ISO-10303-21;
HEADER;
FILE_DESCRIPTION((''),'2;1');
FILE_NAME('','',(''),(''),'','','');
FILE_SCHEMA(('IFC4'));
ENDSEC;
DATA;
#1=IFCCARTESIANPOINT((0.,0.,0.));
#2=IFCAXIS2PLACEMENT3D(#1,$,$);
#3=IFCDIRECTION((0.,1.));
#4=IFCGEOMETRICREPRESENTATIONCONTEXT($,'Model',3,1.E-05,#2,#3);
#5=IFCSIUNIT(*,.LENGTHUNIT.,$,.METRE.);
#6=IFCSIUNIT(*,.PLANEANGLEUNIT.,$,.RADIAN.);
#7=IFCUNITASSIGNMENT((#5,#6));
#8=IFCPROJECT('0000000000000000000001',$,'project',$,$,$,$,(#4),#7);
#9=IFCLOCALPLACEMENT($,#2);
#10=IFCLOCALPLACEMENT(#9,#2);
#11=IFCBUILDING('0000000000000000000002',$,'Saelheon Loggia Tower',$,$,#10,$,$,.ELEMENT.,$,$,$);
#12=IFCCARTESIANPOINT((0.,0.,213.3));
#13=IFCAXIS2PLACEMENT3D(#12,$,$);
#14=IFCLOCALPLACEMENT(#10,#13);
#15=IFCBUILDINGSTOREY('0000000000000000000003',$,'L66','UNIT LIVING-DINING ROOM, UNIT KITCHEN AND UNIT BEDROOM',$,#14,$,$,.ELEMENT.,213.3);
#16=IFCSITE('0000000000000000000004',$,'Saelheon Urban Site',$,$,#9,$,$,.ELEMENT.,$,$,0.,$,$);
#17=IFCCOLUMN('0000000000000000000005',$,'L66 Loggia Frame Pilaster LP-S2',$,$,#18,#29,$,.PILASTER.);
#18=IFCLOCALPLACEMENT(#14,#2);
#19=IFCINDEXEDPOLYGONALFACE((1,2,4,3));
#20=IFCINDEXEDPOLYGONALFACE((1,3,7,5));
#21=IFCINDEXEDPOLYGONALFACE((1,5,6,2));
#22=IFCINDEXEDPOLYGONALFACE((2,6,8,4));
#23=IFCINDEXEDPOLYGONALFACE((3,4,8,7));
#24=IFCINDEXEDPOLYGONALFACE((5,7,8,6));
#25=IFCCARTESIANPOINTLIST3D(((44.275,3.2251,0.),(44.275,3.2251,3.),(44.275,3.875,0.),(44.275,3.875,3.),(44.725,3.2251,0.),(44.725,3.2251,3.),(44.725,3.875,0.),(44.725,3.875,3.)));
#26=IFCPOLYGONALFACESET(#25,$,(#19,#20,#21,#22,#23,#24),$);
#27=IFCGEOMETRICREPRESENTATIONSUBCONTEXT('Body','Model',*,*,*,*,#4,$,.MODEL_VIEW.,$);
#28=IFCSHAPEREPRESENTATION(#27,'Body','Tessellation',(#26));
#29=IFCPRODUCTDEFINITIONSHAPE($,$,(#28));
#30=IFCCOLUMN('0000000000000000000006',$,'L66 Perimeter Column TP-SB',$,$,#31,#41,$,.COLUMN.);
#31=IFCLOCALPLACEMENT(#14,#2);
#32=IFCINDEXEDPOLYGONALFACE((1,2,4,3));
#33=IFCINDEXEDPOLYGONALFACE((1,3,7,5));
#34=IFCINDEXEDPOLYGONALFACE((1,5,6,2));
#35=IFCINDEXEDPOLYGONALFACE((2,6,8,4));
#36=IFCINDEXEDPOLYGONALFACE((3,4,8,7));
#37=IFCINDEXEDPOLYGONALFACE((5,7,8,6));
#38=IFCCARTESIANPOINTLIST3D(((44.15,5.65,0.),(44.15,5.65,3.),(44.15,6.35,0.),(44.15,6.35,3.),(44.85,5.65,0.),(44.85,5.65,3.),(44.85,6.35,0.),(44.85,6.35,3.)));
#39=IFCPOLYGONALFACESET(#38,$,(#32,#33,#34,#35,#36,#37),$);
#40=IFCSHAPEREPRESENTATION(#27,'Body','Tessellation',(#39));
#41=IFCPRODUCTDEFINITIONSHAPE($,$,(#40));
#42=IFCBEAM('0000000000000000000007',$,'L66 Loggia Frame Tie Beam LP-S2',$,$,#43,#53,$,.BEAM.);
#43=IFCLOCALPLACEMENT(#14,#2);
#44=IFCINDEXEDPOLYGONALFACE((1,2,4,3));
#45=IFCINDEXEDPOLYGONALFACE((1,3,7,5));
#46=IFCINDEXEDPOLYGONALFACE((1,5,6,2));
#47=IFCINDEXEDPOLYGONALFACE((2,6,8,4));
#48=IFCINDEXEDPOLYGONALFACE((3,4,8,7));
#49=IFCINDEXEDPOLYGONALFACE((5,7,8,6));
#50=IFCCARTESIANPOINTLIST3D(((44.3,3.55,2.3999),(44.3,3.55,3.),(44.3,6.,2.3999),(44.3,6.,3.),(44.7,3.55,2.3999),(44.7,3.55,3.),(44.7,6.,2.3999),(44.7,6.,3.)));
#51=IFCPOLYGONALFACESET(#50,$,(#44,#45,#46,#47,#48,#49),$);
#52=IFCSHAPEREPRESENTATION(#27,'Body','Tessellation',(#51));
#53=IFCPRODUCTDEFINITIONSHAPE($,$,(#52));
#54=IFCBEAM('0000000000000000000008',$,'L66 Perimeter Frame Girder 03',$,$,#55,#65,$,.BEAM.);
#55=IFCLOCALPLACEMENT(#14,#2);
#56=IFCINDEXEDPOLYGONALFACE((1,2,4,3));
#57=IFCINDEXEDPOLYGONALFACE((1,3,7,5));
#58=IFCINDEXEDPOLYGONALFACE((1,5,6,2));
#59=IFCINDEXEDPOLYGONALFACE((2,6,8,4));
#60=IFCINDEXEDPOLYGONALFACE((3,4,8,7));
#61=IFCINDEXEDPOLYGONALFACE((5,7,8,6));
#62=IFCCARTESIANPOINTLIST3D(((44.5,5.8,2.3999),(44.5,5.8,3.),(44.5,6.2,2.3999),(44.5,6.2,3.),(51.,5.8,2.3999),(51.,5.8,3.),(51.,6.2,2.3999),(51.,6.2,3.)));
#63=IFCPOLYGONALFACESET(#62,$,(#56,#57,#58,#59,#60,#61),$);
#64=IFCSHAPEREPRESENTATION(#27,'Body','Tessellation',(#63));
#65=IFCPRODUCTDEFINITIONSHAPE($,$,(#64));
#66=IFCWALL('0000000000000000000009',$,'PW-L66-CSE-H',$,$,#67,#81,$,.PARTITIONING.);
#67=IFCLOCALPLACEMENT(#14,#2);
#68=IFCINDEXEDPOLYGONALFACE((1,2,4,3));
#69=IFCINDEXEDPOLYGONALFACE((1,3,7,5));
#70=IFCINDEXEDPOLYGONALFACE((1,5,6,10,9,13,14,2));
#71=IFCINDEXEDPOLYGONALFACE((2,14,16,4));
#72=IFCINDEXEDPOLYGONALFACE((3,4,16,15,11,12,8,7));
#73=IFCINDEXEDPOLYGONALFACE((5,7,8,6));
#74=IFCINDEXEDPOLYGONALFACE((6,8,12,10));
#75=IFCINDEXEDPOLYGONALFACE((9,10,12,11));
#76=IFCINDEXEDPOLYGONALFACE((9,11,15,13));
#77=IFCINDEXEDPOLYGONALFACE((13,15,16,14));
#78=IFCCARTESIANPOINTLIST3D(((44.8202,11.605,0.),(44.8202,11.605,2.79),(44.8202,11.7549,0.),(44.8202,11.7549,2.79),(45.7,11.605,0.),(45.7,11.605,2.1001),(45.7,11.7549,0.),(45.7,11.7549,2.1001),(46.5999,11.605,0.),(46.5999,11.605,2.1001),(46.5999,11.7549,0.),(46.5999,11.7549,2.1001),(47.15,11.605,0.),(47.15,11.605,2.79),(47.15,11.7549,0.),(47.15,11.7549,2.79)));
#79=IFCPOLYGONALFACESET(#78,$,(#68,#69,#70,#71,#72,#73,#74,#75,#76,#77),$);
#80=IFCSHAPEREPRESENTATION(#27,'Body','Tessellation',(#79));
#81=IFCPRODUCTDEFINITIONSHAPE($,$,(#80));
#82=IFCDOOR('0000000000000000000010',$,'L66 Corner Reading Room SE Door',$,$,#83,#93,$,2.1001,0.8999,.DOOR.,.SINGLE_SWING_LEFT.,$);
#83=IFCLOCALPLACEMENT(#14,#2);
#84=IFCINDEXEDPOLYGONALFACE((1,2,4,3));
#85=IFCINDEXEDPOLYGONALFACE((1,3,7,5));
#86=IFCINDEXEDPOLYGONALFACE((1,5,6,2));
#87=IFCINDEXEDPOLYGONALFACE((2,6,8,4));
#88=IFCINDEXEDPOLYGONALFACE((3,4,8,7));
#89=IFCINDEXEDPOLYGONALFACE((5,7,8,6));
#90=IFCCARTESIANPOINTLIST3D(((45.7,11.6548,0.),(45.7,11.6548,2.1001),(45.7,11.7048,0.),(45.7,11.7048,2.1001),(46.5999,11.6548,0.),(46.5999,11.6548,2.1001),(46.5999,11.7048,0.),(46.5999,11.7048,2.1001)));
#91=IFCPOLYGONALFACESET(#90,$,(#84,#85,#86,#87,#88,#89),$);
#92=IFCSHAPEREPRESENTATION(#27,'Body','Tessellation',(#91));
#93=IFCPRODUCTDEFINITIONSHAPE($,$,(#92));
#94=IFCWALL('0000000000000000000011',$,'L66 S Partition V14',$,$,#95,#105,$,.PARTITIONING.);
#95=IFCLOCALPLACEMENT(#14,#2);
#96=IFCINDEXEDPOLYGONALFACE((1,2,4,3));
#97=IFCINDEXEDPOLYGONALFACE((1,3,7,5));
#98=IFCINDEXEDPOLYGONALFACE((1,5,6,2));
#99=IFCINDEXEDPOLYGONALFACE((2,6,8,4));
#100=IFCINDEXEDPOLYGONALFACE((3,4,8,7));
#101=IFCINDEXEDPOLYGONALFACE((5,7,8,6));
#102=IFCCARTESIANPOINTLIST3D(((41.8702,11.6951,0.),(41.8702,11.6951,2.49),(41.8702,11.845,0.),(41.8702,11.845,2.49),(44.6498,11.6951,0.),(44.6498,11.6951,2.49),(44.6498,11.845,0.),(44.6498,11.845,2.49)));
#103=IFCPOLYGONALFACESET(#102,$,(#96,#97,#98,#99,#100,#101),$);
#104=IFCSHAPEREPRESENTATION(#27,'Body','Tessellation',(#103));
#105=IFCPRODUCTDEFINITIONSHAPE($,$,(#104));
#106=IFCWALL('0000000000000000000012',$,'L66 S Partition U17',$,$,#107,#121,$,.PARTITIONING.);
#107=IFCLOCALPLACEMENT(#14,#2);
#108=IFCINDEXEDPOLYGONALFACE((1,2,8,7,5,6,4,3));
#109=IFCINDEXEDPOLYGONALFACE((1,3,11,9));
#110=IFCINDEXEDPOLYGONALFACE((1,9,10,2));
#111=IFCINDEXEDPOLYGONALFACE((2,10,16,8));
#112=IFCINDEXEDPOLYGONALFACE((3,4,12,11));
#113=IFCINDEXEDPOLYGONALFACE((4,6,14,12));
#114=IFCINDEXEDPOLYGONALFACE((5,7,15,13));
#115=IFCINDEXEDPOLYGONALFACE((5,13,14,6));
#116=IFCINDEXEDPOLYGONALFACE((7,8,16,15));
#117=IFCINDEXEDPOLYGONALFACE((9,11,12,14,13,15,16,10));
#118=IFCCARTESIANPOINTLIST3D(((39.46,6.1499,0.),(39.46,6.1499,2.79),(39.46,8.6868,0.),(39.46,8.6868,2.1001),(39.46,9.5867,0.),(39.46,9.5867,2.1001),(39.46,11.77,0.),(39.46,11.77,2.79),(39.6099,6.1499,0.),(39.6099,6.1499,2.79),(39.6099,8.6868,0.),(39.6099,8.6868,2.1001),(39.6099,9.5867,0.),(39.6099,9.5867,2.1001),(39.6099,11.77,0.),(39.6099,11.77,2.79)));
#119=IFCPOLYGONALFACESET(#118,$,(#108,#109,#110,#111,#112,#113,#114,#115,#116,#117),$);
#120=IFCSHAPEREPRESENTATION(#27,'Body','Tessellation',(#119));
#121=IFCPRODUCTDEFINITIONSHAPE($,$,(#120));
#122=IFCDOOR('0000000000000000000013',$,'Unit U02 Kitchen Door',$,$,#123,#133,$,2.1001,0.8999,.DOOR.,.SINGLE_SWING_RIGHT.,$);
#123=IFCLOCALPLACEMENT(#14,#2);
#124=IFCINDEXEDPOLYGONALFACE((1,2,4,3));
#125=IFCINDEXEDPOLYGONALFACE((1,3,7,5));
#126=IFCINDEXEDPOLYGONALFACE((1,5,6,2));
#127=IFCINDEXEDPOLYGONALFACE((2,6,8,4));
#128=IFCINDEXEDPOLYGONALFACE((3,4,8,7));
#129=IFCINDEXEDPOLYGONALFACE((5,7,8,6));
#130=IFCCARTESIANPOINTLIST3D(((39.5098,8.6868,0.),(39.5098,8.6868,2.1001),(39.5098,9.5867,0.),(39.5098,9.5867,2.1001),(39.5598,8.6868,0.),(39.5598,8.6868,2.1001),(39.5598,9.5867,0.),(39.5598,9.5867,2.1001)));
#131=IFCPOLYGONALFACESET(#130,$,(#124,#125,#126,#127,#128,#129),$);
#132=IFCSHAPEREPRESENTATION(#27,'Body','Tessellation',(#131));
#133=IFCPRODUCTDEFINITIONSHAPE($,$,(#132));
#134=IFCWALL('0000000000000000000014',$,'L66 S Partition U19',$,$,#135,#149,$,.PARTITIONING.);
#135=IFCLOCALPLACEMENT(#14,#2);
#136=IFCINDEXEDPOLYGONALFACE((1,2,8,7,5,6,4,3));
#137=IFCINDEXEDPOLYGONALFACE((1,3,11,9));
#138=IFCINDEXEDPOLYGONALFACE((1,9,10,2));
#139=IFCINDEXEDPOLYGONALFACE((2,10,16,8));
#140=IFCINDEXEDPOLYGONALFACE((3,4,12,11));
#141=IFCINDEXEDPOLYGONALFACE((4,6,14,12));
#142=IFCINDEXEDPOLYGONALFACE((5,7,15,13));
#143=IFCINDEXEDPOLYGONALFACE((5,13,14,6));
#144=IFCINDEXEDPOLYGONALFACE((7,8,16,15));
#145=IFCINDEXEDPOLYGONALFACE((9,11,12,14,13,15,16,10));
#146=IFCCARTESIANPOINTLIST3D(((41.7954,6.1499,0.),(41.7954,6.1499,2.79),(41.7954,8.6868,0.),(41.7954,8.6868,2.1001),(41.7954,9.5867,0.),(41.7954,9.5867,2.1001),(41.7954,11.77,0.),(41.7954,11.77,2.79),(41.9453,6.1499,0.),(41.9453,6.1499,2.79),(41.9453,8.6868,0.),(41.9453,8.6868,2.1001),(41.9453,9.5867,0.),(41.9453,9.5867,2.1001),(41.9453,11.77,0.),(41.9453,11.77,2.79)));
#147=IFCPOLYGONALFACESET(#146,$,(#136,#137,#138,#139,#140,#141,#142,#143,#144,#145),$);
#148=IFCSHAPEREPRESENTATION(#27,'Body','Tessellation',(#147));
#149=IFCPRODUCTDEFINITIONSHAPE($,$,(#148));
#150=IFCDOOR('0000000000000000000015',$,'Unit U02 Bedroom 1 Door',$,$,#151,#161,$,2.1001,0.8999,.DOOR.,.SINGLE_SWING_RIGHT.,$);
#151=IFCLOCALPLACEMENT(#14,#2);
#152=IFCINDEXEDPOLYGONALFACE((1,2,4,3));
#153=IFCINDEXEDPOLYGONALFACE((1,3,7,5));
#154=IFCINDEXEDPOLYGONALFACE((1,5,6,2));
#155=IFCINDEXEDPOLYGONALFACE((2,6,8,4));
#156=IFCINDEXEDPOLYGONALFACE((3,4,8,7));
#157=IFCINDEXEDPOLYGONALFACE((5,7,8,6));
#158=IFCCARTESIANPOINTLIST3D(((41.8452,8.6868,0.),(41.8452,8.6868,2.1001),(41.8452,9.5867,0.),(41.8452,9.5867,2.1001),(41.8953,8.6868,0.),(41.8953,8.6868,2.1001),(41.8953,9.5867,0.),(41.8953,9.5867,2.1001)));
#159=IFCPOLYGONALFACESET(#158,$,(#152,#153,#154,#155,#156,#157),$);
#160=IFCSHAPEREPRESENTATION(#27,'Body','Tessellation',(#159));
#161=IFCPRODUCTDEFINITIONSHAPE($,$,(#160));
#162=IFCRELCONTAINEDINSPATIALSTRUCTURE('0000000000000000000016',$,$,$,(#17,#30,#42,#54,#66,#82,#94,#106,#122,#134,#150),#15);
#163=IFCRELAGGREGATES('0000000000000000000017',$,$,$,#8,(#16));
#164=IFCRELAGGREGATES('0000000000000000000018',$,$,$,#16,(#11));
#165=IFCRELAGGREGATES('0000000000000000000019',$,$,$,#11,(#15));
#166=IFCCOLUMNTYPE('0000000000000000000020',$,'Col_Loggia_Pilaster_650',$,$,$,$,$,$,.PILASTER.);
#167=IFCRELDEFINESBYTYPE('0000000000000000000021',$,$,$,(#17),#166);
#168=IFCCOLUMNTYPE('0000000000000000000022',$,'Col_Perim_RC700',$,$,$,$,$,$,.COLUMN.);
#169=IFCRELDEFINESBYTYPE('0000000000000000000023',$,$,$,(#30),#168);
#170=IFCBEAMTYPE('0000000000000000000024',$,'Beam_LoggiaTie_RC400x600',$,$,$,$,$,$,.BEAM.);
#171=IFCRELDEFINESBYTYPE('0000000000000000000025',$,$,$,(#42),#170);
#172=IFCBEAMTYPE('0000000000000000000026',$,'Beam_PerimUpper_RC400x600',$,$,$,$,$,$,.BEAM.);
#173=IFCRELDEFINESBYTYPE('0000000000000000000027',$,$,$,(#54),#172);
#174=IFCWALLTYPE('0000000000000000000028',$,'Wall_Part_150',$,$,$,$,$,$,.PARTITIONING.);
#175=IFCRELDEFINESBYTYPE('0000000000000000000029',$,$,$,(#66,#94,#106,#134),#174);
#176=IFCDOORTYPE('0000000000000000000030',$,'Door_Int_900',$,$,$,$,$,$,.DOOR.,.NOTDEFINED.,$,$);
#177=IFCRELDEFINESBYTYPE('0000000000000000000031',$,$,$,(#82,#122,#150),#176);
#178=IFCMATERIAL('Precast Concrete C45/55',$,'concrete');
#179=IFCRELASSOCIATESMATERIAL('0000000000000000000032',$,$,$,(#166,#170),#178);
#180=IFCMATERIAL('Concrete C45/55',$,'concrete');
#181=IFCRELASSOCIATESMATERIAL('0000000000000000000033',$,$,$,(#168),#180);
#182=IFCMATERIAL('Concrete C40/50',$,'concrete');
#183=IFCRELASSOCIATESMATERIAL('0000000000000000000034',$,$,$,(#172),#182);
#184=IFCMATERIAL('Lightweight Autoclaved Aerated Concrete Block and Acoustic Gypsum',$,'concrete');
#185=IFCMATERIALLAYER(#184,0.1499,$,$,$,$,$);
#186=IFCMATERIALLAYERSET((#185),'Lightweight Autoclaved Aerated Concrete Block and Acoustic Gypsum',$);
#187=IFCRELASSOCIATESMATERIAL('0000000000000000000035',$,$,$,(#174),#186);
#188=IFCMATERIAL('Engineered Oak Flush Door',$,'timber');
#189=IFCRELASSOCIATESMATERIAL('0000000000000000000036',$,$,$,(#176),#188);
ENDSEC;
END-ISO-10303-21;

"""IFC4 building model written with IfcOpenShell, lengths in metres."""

from ifc_helpers import new_model, si_unit, direction, frame, frame_2d, origin, origin_2d, place, context, subcontext, project, spatial, rectangle, extrude, source, transform, mapped, material, layer, layer_set, material_profile, profile_set, type_object, element, fill, save


model = new_model("IFC4")

# Units and contexts
model_context = context("Model", 3, precision=1e-05, world=origin(), true_north=direction((0.0, 1.0)))
body_context = subcontext(model_context, "Body", "Model", "MODEL_VIEW")
ifc_project = project(units=[si_unit("LENGTHUNIT", "METRE"), si_unit("PLANEANGLEUNIT", "RADIAN")], contexts=[model_context])

# Site, building, storey
site_placement = place(None, origin())
site = spatial("IfcSite", under=ifc_project, at=site_placement, Name="Saelheon Urban Site", CompositionType="ELEMENT", RefElevation=0.0)
building_placement = place(site_placement, origin())
building = spatial("IfcBuilding", under=site, at=building_placement, Name="Saelheon Loggia Tower", CompositionType="ELEMENT")
storey_placement = place(building_placement, frame((0.0, 0.0, 213.3)))
storey = spatial("IfcBuildingStorey", under=building, at=storey_placement, Name="L66", Description="UNIT LIVING-DINING ROOM, UNIT KITCHEN AND UNIT BEDROOM", CompositionType="ELEMENT", Elevation=213.3)

# Columns
ifc_material_1 = material(Name="Precast Concrete C45/55", Category="concrete")
ifc_material_profile_1 = material_profile(ifc_material_1, rectangle(XDim=0.45, YDim=0.6499, at=origin_2d()), Name="RC-450x650")
ifc_profile_set_1 = profile_set([ifc_material_profile_1], Name="Precast Concrete C45/55")
column_type_1 = type_object("IfcColumnType", Name="Col_Loggia_Pilaster_650", PredefinedType="PILASTER", material=ifc_profile_set_1)
shared_shape_1 = source(origin(), body_context, "Body", "SweptSolid", [
    extrude(rectangle(XDim=0.45, YDim=0.6499, at=origin_2d()), origin(), (0.0, 0.0, 1.0), 3.0),
])
column_1_placement = place(storey_placement, frame((44.5, 3.55, 0.0), z_axis=(0.0, 0.0, 1.0), x_axis=(1.0, 0.0, 0.0)))
element("IfcColumn", 1, at=column_1_placement, inside=storey, type_object=column_type_1, Name="L66 Loggia Frame Pilaster LP-S2", PredefinedType="PILASTER", context=body_context, shape_type="MappedRepresentation", body=[
    mapped(shared_shape_1, transform((0.0, 0.0, 0.0), scale=1.0)),
])
ifc_material_2 = material(Name="Concrete C45/55", Category="concrete")
ifc_material_profile_2 = material_profile(ifc_material_2, rectangle(XDim=0.7, YDim=0.7, at=origin_2d()), Name="RC-700x700")
ifc_profile_set_2 = profile_set([ifc_material_profile_2], Name="Concrete C45/55")
column_type_2 = type_object("IfcColumnType", Name="Col_Perim_RC700", PredefinedType="COLUMN", material=ifc_profile_set_2)
shared_shape_2 = source(origin(), body_context, "Body", "SweptSolid", [
    extrude(rectangle(XDim=0.7, YDim=0.7, at=origin_2d()), origin(), (0.0, 0.0, 1.0), 3.0),
])
column_2_placement = place(storey_placement, frame((44.5, 6.0, 0.0), z_axis=(0.0, 0.0, 1.0), x_axis=(1.0, 0.0, 0.0)))
element("IfcColumn", 2, at=column_2_placement, inside=storey, type_object=column_type_2, Name="L66 Perimeter Column TP-SB", PredefinedType="COLUMN", context=body_context, shape_type="MappedRepresentation", body=[
    mapped(shared_shape_2, transform((0.0, 0.0, 0.0), scale=1.0)),
])

# Beams
ifc_material_profile_3 = material_profile(ifc_material_1, rectangle(XDim=0.3999, YDim=0.6001, at=origin_2d()), Name="RC-400x600")
ifc_profile_set_3 = profile_set([ifc_material_profile_3], Name="Precast Concrete C45/55")
beam_type_1 = type_object("IfcBeamType", Name="Beam_LoggiaTie_RC400x600", PredefinedType="BEAM", material=ifc_profile_set_3)
shared_shape_3 = source(origin(), body_context, "Body", "SweptSolid", [
    extrude(rectangle(XDim=0.3999, YDim=0.6001, at=origin_2d()), origin(), (0.0, 0.0, 1.0), 2.45),
])
beam_1_placement = place(storey_placement, frame((44.5, 6.0, 2.7), z_axis=(0.0, -1.0, 0.0), x_axis=(1.0, 0.0, 0.0)))
element("IfcBeam", 3, at=beam_1_placement, inside=storey, type_object=beam_type_1, Name="L66 Loggia Frame Tie Beam LP-S2", PredefinedType="BEAM", context=body_context, shape_type="MappedRepresentation", body=[
    mapped(shared_shape_3, transform((0.0, 0.0, 0.0), scale=1.0)),
])
ifc_material_3 = material(Name="Concrete C40/50", Category="concrete")
ifc_material_profile_4 = material_profile(ifc_material_3, rectangle(XDim=0.3999, YDim=0.6001, at=origin_2d()), Name="RC-400x600")
ifc_profile_set_4 = profile_set([ifc_material_profile_4], Name="Concrete C40/50")
beam_type_2 = type_object("IfcBeamType", Name="Beam_PerimUpper_RC400x600", PredefinedType="BEAM", material=ifc_profile_set_4)
shared_shape_4 = source(origin(), body_context, "Body", "SweptSolid", [
    extrude(rectangle(XDim=0.3999, YDim=0.6001, at=origin_2d()), origin(), (0.0, 0.0, 1.0), 6.5),
])
beam_2_placement = place(storey_placement, frame((44.5, 6.0, 2.7), z_axis=(1.0, 0.0, 0.0), x_axis=(0.0, 1.0, 0.0)))
element("IfcBeam", 4, at=beam_2_placement, inside=storey, type_object=beam_type_2, Name="L66 Perimeter Frame Girder 03", PredefinedType="BEAM", context=body_context, shape_type="MappedRepresentation", body=[
    mapped(shared_shape_4, transform((0.0, 0.0, 0.0), scale=1.0)),
])

# Wall, opening, door
ifc_material_4 = material(Name="Lightweight Autoclaved Aerated Concrete Block and Acoustic Gypsum", Category="concrete")
ifc_layer_1 = layer(ifc_material_4, 0.1499)
ifc_layer_set_1 = layer_set([ifc_layer_1], Name="Lightweight Autoclaved Aerated Concrete Block and Acoustic Gypsum")
wall_type_1 = type_object("IfcWallType", Name="Wall_Part_150", PredefinedType="PARTITIONING", material=ifc_layer_set_1)
wall_1_placement = place(storey_placement, frame((44.8201, 11.6799, 0.0), z_axis=(0.0, 0.0, 1.0), x_axis=(1.0, 0.0, 0.0)))
wall_1 = element("IfcWall", 5, at=wall_1_placement, inside=storey, type_object=wall_type_1, Name="PW-L66-CSE-H", PredefinedType="PARTITIONING", context=body_context, shape_type="SweptSolid", body=[
    extrude(rectangle(XDim=2.3298, YDim=0.1499, at=frame_2d((1.165, 0.0))), origin(), (0.0, 0.0, 1.0), 2.79),
])
opening_1_placement = place(wall_1_placement, frame((0.8799, 0.0, 0.0)))
opening_1 = element("IfcOpeningElement", 6, at=opening_1_placement, cuts=wall_1, PredefinedType="OPENING", context=body_context, shape_type="SweptSolid", body=[
    extrude(rectangle(XDim=0.8999, YDim=2.1001, at=frame_2d((0.45, 1.05))), frame((0.0, 0.0869, 0.0), z_axis=(0.0, -1.0, 0.0), x_axis=(1.0, 0.0, 0.0)), (0.0, 0.0, 1.0), 0.1738),
])
ifc_material_5 = material(Name="Engineered Oak Flush Door", Category="timber")
door_type_1 = type_object("IfcDoorType", Name="Door_Int_900", OperationType="NOTDEFINED", PredefinedType="DOOR", material=ifc_material_5)
shared_shape_5 = source(origin(), body_context, "Body", "SweptSolid", [
    extrude(rectangle(XDim=0.8999, YDim=2.1001, at=frame_2d((0.45, 1.05))), frame((0.0, 0.0249, 0.0), z_axis=(0.0, -1.0, 0.0), x_axis=(1.0, 0.0, 0.0)), (0.0, 0.0, 1.0), 0.05),
])
door_1_placement = place(opening_1_placement, origin())
door_1 = element("IfcDoor", 7, at=door_1_placement, inside=storey, type_object=door_type_1, Name="L66 Corner Reading Room SE Door", OperationType="SINGLE_SWING_LEFT", OverallHeight=2.1001, OverallWidth=0.8999, PredefinedType="DOOR", context=body_context, shape_type="MappedRepresentation", body=[
    mapped(shared_shape_5, transform((0.0, 0.0, 0.0), scale=1.0)),
])
fill(opening_1, door_1)

# Wall
wall_2_placement = place(storey_placement, frame((41.8704, 11.77, 0.0), z_axis=(0.0, 0.0, 1.0), x_axis=(1.0, 0.0, 0.0)))
element("IfcWall", 8, at=wall_2_placement, inside=storey, type_object=wall_type_1, Name="L66 S Partition V14", PredefinedType="PARTITIONING", context=body_context, shape_type="SweptSolid", body=[
    extrude(rectangle(XDim=2.7795, YDim=0.1499, at=frame_2d((1.3896, 0.0))), origin(), (0.0, 0.0, 1.0), 2.49),
])

# Walls, openings, doors
wall_3_placement = place(storey_placement, frame((39.5349, 11.77, 0.0), z_axis=(0.0, 0.0, 1.0), x_axis=(0.0, -1.0, 0.0)))
wall_3 = element("IfcWall", 9, at=wall_3_placement, inside=storey, type_object=wall_type_1, Name="L66 S Partition U17", PredefinedType="PARTITIONING", context=body_context, shape_type="SweptSolid", body=[
    extrude(rectangle(XDim=5.6201, YDim=0.1499, at=frame_2d((2.8101, 0.0))), origin(), (0.0, 0.0, 1.0), 2.79),
])
opening_2_placement = place(wall_3_placement, frame((2.1833, 0.0, 0.0)))
opening_2 = element("IfcOpeningElement", 10, at=opening_2_placement, cuts=wall_3, PredefinedType="OPENING", context=body_context, shape_type="SweptSolid", body=[
    extrude(rectangle(XDim=0.8999, YDim=2.1001, at=frame_2d((0.45, 1.05))), frame((0.0, 0.0869, 0.0), z_axis=(0.0, -1.0, 0.0), x_axis=(1.0, 0.0, 0.0)), (0.0, 0.0, 1.0), 0.1738),
])
door_2_placement = place(opening_2_placement, origin())
door_2 = element("IfcDoor", 11, at=door_2_placement, inside=storey, type_object=door_type_1, Name="Unit U02 Kitchen Door", OperationType="SINGLE_SWING_RIGHT", OverallHeight=2.1001, OverallWidth=0.8999, PredefinedType="DOOR", context=body_context, shape_type="MappedRepresentation", body=[
    mapped(shared_shape_5, transform((0.0, 0.0, 0.0), scale=1.0)),
])
fill(opening_2, door_2)
wall_4_placement = place(storey_placement, frame((41.8704, 11.77, 0.0), z_axis=(0.0, 0.0, 1.0), x_axis=(0.0, -1.0, 0.0)))
wall_4 = element("IfcWall", 12, at=wall_4_placement, inside=storey, type_object=wall_type_1, Name="L66 S Partition U19", PredefinedType="PARTITIONING", context=body_context, shape_type="SweptSolid", body=[
    extrude(rectangle(XDim=5.6201, YDim=0.1499, at=frame_2d((2.8101, 0.0))), origin(), (0.0, 0.0, 1.0), 2.79),
])
opening_3_placement = place(wall_4_placement, frame((2.1833, 0.0, 0.0)))
opening_3 = element("IfcOpeningElement", 13, at=opening_3_placement, cuts=wall_4, PredefinedType="OPENING", context=body_context, shape_type="SweptSolid", body=[
    extrude(rectangle(XDim=0.8999, YDim=2.1001, at=frame_2d((0.45, 1.05))), frame((0.0, 0.0869, 0.0), z_axis=(0.0, -1.0, 0.0), x_axis=(1.0, 0.0, 0.0)), (0.0, 0.0, 1.0), 0.1738),
])
door_3_placement = place(opening_3_placement, origin())
door_3 = element("IfcDoor", 14, at=door_3_placement, inside=storey, type_object=door_type_1, Name="Unit U02 Bedroom 1 Door", OperationType="SINGLE_SWING_RIGHT", OverallHeight=2.1001, OverallWidth=0.8999, PredefinedType="DOOR", context=body_context, shape_type="MappedRepresentation", body=[
    mapped(shared_shape_5, transform((0.0, 0.0, 0.0), scale=1.0)),
])
fill(opening_3, door_3)

save(model, "model.ifc")
